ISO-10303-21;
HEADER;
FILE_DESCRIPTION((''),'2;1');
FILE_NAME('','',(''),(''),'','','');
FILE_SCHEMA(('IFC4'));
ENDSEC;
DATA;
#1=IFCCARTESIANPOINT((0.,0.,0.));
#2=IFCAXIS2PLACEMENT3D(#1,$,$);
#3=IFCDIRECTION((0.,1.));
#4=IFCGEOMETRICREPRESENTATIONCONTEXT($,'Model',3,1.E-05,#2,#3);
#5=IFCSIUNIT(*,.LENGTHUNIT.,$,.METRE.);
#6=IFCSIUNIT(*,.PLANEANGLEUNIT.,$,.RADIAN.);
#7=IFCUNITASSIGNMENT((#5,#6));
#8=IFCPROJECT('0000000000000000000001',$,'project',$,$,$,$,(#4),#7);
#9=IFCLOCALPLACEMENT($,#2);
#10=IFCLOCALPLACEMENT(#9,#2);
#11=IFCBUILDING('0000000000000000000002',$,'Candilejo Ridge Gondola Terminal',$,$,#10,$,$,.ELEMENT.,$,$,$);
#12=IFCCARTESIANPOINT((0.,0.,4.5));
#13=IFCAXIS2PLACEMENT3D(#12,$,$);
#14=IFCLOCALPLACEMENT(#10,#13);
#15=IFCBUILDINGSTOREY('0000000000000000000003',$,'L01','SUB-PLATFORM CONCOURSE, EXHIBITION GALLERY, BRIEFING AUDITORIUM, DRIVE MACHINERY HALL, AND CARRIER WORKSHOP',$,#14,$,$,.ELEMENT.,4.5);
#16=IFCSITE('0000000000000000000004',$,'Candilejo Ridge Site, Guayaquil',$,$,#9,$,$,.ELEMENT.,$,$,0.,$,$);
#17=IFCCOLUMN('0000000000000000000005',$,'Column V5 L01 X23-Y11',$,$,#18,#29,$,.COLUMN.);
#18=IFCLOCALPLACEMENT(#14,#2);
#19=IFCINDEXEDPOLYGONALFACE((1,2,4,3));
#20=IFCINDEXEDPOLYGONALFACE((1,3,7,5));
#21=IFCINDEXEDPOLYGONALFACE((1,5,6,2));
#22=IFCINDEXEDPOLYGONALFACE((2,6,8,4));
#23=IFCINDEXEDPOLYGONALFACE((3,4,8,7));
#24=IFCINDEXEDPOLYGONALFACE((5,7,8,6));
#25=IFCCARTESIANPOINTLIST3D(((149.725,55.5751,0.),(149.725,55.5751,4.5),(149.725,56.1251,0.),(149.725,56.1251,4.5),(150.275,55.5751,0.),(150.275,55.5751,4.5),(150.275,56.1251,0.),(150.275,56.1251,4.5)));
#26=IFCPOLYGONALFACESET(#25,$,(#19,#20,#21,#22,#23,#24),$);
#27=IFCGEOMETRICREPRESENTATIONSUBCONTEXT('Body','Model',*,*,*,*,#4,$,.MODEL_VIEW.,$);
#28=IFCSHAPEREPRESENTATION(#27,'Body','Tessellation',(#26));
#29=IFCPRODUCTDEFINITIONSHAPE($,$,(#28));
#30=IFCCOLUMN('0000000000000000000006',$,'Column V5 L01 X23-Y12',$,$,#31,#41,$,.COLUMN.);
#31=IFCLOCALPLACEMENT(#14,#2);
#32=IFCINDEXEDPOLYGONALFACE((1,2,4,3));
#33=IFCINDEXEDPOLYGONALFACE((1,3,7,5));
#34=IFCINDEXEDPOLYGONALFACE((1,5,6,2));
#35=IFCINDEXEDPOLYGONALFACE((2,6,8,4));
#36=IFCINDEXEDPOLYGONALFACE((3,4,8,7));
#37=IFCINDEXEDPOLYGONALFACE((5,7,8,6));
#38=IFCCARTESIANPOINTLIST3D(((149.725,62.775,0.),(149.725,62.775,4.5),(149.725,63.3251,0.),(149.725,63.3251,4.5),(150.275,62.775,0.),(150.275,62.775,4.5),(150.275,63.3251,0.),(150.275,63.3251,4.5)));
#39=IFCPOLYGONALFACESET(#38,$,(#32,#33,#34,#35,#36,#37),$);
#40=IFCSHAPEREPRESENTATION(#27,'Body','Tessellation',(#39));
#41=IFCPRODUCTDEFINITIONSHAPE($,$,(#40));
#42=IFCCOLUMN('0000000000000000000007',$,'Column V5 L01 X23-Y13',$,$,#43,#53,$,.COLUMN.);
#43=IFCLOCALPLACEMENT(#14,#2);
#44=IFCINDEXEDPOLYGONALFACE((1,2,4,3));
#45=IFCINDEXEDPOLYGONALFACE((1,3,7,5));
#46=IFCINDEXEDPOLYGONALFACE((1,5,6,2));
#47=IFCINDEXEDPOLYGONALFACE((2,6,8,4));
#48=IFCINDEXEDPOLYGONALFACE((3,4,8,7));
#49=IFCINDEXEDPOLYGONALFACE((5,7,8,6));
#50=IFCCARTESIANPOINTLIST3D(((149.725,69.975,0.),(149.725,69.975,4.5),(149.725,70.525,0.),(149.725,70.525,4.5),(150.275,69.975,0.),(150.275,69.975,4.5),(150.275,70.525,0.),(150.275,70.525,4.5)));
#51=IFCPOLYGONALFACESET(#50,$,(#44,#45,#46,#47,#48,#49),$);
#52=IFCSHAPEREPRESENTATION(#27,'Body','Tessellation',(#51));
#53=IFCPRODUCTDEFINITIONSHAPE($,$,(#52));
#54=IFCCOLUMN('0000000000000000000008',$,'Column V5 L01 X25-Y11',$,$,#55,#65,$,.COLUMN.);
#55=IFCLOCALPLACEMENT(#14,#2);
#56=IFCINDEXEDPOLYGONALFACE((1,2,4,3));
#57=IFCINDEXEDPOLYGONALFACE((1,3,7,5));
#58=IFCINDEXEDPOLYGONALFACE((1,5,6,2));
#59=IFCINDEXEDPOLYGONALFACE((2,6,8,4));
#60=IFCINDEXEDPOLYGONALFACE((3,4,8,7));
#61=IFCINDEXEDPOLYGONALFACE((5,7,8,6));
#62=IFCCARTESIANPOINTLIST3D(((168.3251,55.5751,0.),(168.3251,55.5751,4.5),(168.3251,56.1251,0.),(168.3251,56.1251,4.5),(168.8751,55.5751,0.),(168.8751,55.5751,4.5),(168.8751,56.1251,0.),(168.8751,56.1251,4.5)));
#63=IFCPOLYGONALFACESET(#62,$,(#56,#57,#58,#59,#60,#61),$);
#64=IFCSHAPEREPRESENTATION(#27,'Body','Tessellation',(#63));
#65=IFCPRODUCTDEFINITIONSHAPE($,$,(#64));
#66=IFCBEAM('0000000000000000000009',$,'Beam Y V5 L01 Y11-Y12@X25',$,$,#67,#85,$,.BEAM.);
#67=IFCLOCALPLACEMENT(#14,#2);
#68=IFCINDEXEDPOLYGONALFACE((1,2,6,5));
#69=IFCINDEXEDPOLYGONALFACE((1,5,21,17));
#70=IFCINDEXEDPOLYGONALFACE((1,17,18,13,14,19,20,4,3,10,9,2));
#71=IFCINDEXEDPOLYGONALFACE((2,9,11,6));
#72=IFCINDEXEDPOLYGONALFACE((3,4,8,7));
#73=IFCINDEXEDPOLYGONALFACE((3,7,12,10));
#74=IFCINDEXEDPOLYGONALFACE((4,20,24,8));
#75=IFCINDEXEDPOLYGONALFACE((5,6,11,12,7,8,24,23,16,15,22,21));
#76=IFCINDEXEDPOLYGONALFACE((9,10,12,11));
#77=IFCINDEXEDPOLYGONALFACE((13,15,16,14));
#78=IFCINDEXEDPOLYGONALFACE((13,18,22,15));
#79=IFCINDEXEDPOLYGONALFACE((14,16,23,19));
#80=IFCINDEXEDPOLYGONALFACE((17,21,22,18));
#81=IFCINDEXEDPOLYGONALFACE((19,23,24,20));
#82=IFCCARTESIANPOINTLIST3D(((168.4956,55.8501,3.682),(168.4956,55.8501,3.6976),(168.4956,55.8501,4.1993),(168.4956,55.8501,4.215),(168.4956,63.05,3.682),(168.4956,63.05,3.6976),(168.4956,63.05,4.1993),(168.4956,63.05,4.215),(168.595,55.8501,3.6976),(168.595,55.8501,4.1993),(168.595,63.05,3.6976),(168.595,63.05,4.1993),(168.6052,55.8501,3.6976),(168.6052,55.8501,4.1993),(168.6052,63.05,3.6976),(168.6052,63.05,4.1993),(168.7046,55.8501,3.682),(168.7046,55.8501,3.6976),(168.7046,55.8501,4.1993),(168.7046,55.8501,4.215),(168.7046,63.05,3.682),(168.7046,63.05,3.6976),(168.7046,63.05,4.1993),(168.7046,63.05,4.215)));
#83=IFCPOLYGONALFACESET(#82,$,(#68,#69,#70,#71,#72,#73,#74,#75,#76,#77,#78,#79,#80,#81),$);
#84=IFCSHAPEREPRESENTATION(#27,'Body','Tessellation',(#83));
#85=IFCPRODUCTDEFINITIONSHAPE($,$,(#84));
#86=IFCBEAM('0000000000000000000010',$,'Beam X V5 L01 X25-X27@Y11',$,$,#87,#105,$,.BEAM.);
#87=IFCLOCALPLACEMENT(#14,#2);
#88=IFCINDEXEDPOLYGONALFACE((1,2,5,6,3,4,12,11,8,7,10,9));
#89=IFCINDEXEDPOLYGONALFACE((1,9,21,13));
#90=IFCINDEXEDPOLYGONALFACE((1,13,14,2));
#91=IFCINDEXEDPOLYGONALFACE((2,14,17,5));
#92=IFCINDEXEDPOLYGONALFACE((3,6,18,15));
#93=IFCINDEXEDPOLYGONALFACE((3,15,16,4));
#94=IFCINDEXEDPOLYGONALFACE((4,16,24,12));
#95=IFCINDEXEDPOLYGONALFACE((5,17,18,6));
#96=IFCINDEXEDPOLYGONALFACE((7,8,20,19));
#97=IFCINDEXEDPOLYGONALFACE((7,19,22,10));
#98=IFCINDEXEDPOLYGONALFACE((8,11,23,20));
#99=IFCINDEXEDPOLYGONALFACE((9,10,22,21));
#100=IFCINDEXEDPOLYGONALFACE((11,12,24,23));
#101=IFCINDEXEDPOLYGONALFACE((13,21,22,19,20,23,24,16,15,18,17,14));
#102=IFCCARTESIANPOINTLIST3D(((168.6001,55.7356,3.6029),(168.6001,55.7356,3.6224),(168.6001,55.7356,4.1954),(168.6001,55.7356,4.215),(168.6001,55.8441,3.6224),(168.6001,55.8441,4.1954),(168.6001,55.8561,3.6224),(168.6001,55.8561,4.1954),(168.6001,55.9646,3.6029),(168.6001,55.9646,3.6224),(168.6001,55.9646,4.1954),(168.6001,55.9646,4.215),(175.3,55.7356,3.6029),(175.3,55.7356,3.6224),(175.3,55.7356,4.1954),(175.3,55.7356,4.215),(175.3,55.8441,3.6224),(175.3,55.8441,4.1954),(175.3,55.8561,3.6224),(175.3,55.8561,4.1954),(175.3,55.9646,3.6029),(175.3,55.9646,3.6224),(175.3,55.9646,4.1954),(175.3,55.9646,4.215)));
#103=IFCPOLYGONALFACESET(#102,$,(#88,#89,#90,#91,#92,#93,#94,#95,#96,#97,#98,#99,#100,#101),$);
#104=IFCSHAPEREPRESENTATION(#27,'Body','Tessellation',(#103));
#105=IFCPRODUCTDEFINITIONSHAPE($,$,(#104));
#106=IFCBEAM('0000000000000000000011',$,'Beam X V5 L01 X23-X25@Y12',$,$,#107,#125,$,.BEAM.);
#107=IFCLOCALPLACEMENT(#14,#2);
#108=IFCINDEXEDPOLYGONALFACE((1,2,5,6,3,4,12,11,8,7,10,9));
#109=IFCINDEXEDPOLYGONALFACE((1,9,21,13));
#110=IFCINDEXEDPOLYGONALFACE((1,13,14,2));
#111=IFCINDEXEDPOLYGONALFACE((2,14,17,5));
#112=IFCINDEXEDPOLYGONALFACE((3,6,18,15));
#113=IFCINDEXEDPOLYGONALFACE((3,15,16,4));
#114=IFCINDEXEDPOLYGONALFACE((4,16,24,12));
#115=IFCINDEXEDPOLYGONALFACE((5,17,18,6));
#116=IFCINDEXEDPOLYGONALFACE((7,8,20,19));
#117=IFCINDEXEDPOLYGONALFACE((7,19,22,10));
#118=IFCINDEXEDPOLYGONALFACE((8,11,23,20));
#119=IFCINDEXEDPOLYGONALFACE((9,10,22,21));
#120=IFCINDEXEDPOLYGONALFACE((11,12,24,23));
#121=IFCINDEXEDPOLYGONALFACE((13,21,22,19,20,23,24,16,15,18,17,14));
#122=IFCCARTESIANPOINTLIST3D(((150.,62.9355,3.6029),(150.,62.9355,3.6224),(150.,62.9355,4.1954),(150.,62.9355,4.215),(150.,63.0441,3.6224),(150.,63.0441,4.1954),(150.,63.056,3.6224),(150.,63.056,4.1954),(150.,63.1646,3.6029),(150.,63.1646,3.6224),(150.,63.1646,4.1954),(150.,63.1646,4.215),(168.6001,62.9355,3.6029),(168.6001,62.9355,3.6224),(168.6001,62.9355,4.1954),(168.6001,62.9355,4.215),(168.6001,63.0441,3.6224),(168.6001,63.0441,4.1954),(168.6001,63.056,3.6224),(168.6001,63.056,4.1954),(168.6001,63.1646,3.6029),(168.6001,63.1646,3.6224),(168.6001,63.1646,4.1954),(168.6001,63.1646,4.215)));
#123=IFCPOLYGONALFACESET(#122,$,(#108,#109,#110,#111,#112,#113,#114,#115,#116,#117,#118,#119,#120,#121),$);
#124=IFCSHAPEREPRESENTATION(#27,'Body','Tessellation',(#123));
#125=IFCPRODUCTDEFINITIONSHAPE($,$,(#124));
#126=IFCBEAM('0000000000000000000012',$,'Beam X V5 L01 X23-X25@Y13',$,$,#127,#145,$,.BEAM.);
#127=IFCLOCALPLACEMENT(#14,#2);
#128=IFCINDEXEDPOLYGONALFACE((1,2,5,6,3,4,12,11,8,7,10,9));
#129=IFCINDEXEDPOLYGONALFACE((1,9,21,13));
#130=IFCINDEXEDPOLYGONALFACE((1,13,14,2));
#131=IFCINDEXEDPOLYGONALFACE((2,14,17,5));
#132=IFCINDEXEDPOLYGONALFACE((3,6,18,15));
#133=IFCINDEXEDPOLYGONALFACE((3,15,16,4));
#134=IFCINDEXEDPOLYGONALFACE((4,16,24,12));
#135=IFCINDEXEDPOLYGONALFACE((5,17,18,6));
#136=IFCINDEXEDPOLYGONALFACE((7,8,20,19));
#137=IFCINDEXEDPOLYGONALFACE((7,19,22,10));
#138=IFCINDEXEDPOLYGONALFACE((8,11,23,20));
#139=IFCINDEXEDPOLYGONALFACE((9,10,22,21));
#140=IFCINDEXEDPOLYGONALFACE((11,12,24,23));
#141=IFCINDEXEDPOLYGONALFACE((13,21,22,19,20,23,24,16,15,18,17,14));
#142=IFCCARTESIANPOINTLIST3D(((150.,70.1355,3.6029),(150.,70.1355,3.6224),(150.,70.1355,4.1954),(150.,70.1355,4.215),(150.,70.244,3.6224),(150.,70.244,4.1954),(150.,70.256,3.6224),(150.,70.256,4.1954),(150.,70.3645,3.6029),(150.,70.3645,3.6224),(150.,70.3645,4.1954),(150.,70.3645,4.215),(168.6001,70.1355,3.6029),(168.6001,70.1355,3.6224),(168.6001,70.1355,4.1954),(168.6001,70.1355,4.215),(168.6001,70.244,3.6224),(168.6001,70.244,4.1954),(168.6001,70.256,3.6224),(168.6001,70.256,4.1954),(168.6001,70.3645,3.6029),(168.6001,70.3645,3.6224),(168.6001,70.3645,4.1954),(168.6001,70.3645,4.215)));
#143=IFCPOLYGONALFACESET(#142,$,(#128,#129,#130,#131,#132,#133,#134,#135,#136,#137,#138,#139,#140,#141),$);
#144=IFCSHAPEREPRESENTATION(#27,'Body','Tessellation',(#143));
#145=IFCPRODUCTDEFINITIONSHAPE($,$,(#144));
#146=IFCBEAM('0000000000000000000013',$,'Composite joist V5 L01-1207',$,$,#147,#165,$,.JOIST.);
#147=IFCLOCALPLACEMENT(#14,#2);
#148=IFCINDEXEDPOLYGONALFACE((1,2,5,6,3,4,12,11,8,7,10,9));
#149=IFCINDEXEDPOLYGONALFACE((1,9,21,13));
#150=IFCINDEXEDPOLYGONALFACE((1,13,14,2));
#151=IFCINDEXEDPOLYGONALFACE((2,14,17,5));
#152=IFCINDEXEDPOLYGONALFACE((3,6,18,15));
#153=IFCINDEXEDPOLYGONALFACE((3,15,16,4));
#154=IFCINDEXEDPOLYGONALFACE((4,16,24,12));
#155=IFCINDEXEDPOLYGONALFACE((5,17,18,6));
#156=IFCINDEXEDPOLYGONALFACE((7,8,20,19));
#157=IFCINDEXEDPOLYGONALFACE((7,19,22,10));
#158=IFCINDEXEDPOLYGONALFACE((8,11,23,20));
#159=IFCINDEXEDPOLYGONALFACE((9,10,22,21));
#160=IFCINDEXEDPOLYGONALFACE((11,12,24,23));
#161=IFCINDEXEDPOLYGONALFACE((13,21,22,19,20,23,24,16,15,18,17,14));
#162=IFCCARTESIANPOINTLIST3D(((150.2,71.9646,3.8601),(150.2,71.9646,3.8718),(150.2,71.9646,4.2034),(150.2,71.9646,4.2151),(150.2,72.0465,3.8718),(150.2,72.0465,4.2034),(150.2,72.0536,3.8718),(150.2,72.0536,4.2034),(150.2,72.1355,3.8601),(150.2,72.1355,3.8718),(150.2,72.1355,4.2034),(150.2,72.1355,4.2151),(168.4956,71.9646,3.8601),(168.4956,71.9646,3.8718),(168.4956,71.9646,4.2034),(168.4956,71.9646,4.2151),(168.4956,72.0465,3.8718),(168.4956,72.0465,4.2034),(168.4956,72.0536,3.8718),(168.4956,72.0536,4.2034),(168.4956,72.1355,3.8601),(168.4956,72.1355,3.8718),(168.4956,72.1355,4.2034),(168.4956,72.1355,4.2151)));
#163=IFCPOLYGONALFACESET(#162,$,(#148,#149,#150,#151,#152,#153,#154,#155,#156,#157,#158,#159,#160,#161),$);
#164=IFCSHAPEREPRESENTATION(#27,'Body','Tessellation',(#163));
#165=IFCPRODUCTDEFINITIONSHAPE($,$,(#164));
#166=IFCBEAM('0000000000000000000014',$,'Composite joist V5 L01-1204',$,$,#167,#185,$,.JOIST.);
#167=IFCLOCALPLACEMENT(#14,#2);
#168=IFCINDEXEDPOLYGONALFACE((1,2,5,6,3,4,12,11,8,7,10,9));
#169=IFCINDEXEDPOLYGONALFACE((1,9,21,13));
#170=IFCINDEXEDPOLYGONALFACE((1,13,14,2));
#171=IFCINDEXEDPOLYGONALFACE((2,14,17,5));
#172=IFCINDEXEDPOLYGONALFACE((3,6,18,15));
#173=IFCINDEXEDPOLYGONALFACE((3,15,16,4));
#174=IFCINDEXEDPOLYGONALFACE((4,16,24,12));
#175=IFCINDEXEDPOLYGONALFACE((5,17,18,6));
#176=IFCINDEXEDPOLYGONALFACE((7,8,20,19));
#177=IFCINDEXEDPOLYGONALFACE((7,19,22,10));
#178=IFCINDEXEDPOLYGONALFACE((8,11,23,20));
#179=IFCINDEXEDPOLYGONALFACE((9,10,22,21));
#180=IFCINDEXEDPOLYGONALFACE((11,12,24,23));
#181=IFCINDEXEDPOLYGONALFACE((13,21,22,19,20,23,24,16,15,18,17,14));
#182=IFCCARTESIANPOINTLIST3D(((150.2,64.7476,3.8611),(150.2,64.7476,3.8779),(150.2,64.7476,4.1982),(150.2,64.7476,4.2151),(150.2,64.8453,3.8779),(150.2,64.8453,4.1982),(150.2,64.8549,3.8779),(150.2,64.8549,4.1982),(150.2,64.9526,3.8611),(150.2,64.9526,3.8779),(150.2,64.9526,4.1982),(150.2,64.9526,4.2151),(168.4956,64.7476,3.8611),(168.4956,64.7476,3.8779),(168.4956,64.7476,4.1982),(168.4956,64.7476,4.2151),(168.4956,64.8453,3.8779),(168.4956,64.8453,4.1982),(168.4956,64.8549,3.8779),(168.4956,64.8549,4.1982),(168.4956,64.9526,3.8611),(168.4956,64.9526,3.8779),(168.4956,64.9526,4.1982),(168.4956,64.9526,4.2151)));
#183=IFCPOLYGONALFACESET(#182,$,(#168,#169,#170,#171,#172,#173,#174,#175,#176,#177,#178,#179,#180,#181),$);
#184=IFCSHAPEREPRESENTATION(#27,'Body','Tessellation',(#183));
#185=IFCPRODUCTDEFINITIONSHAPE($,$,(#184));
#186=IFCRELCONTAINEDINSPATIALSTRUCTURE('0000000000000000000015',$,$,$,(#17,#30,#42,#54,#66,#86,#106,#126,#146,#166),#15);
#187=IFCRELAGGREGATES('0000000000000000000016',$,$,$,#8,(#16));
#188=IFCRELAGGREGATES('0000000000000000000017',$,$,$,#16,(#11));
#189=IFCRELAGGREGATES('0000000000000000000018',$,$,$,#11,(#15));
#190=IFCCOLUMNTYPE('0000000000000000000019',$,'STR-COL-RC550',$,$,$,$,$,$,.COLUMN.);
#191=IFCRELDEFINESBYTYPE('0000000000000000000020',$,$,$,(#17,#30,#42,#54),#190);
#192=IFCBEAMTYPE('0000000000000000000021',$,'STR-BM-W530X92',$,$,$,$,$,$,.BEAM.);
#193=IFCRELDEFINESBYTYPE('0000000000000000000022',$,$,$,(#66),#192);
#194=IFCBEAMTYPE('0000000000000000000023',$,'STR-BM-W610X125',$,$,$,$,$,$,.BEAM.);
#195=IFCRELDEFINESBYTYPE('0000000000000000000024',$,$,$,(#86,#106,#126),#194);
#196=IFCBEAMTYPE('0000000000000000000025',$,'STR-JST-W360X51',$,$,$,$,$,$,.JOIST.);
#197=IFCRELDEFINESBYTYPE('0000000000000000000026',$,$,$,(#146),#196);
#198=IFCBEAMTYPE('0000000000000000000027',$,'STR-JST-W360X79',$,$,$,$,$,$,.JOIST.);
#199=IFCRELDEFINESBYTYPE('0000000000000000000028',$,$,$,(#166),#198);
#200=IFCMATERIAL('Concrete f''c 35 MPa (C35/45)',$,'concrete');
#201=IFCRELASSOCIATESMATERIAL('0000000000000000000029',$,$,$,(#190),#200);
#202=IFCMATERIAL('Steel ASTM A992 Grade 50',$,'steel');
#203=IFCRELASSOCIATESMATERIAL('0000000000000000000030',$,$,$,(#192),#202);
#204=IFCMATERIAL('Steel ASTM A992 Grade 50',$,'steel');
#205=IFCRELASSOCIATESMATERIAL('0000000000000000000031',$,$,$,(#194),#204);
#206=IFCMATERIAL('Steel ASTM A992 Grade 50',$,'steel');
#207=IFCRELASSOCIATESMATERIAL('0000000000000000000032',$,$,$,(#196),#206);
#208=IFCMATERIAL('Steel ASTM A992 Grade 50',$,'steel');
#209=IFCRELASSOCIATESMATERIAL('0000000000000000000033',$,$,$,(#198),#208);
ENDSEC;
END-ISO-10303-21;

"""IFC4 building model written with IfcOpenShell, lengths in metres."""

from ifc_helpers import new_model, si_unit, direction, frame, origin, origin_2d, place, context, subcontext, project, spatial, rectangle, i_section, extrude, material, material_profile, profile_set, type_object, element, save


model = new_model("IFC4")

# Units and contexts
model_context = context("Model", 3, precision=1e-05, world=origin(), true_north=direction((0.0, 1.0)))
body_context = subcontext(model_context, "Body", "Model", "MODEL_VIEW")
ifc_project = project(units=[si_unit("LENGTHUNIT", "METRE"), si_unit("PLANEANGLEUNIT", "RADIAN")], contexts=[model_context])

# Site, building, storey
site_placement = place(None, origin())
site = spatial("IfcSite", under=ifc_project, at=site_placement, Name="Candilejo Ridge Site, Guayaquil", CompositionType="ELEMENT", RefElevation=0.0)
building_placement = place(site_placement, origin())
building = spatial("IfcBuilding", under=site, at=building_placement, Name="Candilejo Ridge Gondola Terminal", CompositionType="ELEMENT")
storey_placement = place(building_placement, frame((0.0, 0.0, 4.5)))
storey = spatial("IfcBuildingStorey", under=building, at=storey_placement, Name="L01", Description="SUB-PLATFORM CONCOURSE, EXHIBITION GALLERY, BRIEFING AUDITORIUM, DRIVE MACHINERY HALL, AND CARRIER WORKSHOP", CompositionType="ELEMENT", Elevation=4.5)

# Columns
ifc_material_1 = material(Name="Concrete f'c 35 MPa (C35/45)", Category="concrete")
ifc_material_profile_1 = material_profile(ifc_material_1, rectangle(XDim=0.55, YDim=0.55, at=origin_2d()))
ifc_profile_set_1 = profile_set([ifc_material_profile_1], Name="Concrete f'c 35 MPa (C35/45)")
column_type = type_object("IfcColumnType", Name="STR-COL-RC550", PredefinedType="COLUMN", material=ifc_profile_set_1)
for number, where, z_axis, x_axis, name in (
    (1, (150.0, 55.8501, 0.0), (0.0, 0.0, 1.0), (1.0, 0.0, 0.0), "Column V5 L01 X23-Y11"),
    (2, (150.0, 63.05, 0.0), (0.0, 0.0, 1.0), (1.0, 0.0, 0.0), "Column V5 L01 X23-Y12"),
    (3, (150.0, 70.25, 0.0), (0.0, 0.0, 1.0), (1.0, 0.0, 0.0), "Column V5 L01 X23-Y13"),
    (4, (168.6001, 55.8501, 0.0), (0.0, 0.0, 1.0), (1.0, 0.0, 0.0), "Column V5 L01 X25-Y11"),
):
    element("IfcColumn", number, at=place(storey_placement, frame(where, z_axis=z_axis, x_axis=x_axis)), inside=storey, type_object=column_type, Name=name, PredefinedType="COLUMN", context=body_context, shape_type="SweptSolid", body=[
        extrude(rectangle(XDim=0.55, YDim=0.55, at=origin_2d()), origin(), (0.0, 0.0, 1.0), 4.5),
    ])

# Beams
ifc_material_2 = material(Name="Steel ASTM A992 Grade 50", Category="steel")
ifc_material_profile_2 = material_profile(ifc_material_2, i_section(OverallWidth=0.209, OverallDepth=0.533, WebThickness=0.0103, FlangeThickness=0.0156, at=origin_2d()))
ifc_profile_set_2 = profile_set([ifc_material_profile_2], Name="Steel ASTM A992 Grade 50")
beam_type_1 = type_object("IfcBeamType", Name="STR-BM-W530X92", PredefinedType="BEAM", material=ifc_profile_set_2)
beam_1_placement = place(storey_placement, frame((168.6001, 55.8501, 3.9485), z_axis=(0.0, 1.0, 0.0), x_axis=(-1.0, 0.0, 0.0)))
element("IfcBeam", 5, at=beam_1_placement, inside=storey, type_object=beam_type_1, Name="Beam Y V5 L01 Y11-Y12@X25", PredefinedType="BEAM", context=body_context, shape_type="SweptSolid", body=[
    extrude(i_section(OverallWidth=0.209, OverallDepth=0.533, WebThickness=0.0103, FlangeThickness=0.0156, at=origin_2d()), origin(), (0.0, 0.0, 1.0), 7.2),
])
ifc_material_3 = material(Name="Steel ASTM A992 Grade 50", Category="steel")
ifc_material_profile_3 = material_profile(ifc_material_3, i_section(OverallWidth=0.229, OverallDepth=0.6121, WebThickness=0.012, FlangeThickness=0.0195, at=origin_2d()))
ifc_profile_set_3 = profile_set([ifc_material_profile_3], Name="Steel ASTM A992 Grade 50")
beam_type_2 = type_object("IfcBeamType", Name="STR-BM-W610X125", PredefinedType="BEAM", material=ifc_profile_set_3)
beam_2_placement = place(storey_placement, frame((168.6001, 55.8501, 3.9089), z_axis=(1.0, 0.0, 0.0), x_axis=(0.0, 1.0, 0.0)))
element("IfcBeam", 6, at=beam_2_placement, inside=storey, type_object=beam_type_2, Name="Beam X V5 L01 X25-X27@Y11", PredefinedType="BEAM", context=body_context, shape_type="SweptSolid", body=[
    extrude(i_section(OverallWidth=0.229, OverallDepth=0.6121, WebThickness=0.012, FlangeThickness=0.0195, at=origin_2d()), origin(), (0.0, 0.0, 1.0), 6.7),
])
for number, where, z_axis, x_axis, name in (
    (7, (150.0, 63.05, 3.9089), (1.0, 0.0, 0.0), (0.0, 1.0, 0.0), "Beam X V5 L01 X23-X25@Y12"),
    (8, (150.0, 70.25, 3.9089), (1.0, 0.0, 0.0), (0.0, 1.0, 0.0), "Beam X V5 L01 X23-X25@Y13"),
):
    element("IfcBeam", number, at=place(storey_placement, frame(where, z_axis=z_axis, x_axis=x_axis)), inside=storey, type_object=beam_type_2, Name=name, PredefinedType="BEAM", context=body_context, shape_type="SweptSolid", body=[
        extrude(i_section(OverallWidth=0.229, OverallDepth=0.6121, WebThickness=0.012, FlangeThickness=0.0195, at=origin_2d()), origin(), (0.0, 0.0, 1.0), 18.6001),
    ])
ifc_material_4 = material(Name="Steel ASTM A992 Grade 50", Category="steel")
ifc_material_profile_4 = material_profile(ifc_material_4, i_section(OverallWidth=0.1709, OverallDepth=0.355, WebThickness=0.0071, FlangeThickness=0.0117, at=origin_2d()))
ifc_profile_set_4 = profile_set([ifc_material_profile_4], Name="Steel ASTM A992 Grade 50")
beam_type_3 = type_object("IfcBeamType", Name="STR-JST-W360X51", PredefinedType="JOIST", material=ifc_profile_set_4)
beam_3_placement = place(storey_placement, frame((150.2, 72.05, 4.0376), z_axis=(1.0, 0.0, 0.0), x_axis=(0.0, 1.0, 0.0)))
element("IfcBeam", 9, at=beam_3_placement, inside=storey, type_object=beam_type_3, Name="Composite joist V5 L01-1207", PredefinedType="JOIST", context=body_context, shape_type="SweptSolid", body=[
    extrude(i_section(OverallWidth=0.1709, OverallDepth=0.355, WebThickness=0.0071, FlangeThickness=0.0117, at=origin_2d()), origin(), (0.0, 0.0, 1.0), 18.2957),
])
ifc_material_5 = material(Name="Steel ASTM A992 Grade 50", Category="steel")
ifc_material_profile_5 = material_profile(ifc_material_5, i_section(OverallWidth=0.2051, OverallDepth=0.354, WebThickness=0.0095, FlangeThickness=0.0168, at=origin_2d()))
ifc_profile_set_5 = profile_set([ifc_material_profile_5], Name="Steel ASTM A992 Grade 50")
beam_type_4 = type_object("IfcBeamType", Name="STR-JST-W360X79", PredefinedType="JOIST", material=ifc_profile_set_5)
for number, where, z_axis, x_axis, name in (
    (10, (150.2, 64.8501, 4.0381), (1.0, 0.0, 0.0), (0.0, 1.0, 0.0), "Composite joist V5 L01-1204"),
):
    element("IfcBeam", number, at=place(storey_placement, frame(where, z_axis=z_axis, x_axis=x_axis)), inside=storey, type_object=beam_type_4, Name=name, PredefinedType="JOIST", context=body_context, shape_type="SweptSolid", body=[
        extrude(i_section(OverallWidth=0.2051, OverallDepth=0.354, WebThickness=0.0095, FlangeThickness=0.0168, at=origin_2d()), origin(), (0.0, 0.0, 1.0), 18.2957),
    ])

save(model, "model.ifc")
